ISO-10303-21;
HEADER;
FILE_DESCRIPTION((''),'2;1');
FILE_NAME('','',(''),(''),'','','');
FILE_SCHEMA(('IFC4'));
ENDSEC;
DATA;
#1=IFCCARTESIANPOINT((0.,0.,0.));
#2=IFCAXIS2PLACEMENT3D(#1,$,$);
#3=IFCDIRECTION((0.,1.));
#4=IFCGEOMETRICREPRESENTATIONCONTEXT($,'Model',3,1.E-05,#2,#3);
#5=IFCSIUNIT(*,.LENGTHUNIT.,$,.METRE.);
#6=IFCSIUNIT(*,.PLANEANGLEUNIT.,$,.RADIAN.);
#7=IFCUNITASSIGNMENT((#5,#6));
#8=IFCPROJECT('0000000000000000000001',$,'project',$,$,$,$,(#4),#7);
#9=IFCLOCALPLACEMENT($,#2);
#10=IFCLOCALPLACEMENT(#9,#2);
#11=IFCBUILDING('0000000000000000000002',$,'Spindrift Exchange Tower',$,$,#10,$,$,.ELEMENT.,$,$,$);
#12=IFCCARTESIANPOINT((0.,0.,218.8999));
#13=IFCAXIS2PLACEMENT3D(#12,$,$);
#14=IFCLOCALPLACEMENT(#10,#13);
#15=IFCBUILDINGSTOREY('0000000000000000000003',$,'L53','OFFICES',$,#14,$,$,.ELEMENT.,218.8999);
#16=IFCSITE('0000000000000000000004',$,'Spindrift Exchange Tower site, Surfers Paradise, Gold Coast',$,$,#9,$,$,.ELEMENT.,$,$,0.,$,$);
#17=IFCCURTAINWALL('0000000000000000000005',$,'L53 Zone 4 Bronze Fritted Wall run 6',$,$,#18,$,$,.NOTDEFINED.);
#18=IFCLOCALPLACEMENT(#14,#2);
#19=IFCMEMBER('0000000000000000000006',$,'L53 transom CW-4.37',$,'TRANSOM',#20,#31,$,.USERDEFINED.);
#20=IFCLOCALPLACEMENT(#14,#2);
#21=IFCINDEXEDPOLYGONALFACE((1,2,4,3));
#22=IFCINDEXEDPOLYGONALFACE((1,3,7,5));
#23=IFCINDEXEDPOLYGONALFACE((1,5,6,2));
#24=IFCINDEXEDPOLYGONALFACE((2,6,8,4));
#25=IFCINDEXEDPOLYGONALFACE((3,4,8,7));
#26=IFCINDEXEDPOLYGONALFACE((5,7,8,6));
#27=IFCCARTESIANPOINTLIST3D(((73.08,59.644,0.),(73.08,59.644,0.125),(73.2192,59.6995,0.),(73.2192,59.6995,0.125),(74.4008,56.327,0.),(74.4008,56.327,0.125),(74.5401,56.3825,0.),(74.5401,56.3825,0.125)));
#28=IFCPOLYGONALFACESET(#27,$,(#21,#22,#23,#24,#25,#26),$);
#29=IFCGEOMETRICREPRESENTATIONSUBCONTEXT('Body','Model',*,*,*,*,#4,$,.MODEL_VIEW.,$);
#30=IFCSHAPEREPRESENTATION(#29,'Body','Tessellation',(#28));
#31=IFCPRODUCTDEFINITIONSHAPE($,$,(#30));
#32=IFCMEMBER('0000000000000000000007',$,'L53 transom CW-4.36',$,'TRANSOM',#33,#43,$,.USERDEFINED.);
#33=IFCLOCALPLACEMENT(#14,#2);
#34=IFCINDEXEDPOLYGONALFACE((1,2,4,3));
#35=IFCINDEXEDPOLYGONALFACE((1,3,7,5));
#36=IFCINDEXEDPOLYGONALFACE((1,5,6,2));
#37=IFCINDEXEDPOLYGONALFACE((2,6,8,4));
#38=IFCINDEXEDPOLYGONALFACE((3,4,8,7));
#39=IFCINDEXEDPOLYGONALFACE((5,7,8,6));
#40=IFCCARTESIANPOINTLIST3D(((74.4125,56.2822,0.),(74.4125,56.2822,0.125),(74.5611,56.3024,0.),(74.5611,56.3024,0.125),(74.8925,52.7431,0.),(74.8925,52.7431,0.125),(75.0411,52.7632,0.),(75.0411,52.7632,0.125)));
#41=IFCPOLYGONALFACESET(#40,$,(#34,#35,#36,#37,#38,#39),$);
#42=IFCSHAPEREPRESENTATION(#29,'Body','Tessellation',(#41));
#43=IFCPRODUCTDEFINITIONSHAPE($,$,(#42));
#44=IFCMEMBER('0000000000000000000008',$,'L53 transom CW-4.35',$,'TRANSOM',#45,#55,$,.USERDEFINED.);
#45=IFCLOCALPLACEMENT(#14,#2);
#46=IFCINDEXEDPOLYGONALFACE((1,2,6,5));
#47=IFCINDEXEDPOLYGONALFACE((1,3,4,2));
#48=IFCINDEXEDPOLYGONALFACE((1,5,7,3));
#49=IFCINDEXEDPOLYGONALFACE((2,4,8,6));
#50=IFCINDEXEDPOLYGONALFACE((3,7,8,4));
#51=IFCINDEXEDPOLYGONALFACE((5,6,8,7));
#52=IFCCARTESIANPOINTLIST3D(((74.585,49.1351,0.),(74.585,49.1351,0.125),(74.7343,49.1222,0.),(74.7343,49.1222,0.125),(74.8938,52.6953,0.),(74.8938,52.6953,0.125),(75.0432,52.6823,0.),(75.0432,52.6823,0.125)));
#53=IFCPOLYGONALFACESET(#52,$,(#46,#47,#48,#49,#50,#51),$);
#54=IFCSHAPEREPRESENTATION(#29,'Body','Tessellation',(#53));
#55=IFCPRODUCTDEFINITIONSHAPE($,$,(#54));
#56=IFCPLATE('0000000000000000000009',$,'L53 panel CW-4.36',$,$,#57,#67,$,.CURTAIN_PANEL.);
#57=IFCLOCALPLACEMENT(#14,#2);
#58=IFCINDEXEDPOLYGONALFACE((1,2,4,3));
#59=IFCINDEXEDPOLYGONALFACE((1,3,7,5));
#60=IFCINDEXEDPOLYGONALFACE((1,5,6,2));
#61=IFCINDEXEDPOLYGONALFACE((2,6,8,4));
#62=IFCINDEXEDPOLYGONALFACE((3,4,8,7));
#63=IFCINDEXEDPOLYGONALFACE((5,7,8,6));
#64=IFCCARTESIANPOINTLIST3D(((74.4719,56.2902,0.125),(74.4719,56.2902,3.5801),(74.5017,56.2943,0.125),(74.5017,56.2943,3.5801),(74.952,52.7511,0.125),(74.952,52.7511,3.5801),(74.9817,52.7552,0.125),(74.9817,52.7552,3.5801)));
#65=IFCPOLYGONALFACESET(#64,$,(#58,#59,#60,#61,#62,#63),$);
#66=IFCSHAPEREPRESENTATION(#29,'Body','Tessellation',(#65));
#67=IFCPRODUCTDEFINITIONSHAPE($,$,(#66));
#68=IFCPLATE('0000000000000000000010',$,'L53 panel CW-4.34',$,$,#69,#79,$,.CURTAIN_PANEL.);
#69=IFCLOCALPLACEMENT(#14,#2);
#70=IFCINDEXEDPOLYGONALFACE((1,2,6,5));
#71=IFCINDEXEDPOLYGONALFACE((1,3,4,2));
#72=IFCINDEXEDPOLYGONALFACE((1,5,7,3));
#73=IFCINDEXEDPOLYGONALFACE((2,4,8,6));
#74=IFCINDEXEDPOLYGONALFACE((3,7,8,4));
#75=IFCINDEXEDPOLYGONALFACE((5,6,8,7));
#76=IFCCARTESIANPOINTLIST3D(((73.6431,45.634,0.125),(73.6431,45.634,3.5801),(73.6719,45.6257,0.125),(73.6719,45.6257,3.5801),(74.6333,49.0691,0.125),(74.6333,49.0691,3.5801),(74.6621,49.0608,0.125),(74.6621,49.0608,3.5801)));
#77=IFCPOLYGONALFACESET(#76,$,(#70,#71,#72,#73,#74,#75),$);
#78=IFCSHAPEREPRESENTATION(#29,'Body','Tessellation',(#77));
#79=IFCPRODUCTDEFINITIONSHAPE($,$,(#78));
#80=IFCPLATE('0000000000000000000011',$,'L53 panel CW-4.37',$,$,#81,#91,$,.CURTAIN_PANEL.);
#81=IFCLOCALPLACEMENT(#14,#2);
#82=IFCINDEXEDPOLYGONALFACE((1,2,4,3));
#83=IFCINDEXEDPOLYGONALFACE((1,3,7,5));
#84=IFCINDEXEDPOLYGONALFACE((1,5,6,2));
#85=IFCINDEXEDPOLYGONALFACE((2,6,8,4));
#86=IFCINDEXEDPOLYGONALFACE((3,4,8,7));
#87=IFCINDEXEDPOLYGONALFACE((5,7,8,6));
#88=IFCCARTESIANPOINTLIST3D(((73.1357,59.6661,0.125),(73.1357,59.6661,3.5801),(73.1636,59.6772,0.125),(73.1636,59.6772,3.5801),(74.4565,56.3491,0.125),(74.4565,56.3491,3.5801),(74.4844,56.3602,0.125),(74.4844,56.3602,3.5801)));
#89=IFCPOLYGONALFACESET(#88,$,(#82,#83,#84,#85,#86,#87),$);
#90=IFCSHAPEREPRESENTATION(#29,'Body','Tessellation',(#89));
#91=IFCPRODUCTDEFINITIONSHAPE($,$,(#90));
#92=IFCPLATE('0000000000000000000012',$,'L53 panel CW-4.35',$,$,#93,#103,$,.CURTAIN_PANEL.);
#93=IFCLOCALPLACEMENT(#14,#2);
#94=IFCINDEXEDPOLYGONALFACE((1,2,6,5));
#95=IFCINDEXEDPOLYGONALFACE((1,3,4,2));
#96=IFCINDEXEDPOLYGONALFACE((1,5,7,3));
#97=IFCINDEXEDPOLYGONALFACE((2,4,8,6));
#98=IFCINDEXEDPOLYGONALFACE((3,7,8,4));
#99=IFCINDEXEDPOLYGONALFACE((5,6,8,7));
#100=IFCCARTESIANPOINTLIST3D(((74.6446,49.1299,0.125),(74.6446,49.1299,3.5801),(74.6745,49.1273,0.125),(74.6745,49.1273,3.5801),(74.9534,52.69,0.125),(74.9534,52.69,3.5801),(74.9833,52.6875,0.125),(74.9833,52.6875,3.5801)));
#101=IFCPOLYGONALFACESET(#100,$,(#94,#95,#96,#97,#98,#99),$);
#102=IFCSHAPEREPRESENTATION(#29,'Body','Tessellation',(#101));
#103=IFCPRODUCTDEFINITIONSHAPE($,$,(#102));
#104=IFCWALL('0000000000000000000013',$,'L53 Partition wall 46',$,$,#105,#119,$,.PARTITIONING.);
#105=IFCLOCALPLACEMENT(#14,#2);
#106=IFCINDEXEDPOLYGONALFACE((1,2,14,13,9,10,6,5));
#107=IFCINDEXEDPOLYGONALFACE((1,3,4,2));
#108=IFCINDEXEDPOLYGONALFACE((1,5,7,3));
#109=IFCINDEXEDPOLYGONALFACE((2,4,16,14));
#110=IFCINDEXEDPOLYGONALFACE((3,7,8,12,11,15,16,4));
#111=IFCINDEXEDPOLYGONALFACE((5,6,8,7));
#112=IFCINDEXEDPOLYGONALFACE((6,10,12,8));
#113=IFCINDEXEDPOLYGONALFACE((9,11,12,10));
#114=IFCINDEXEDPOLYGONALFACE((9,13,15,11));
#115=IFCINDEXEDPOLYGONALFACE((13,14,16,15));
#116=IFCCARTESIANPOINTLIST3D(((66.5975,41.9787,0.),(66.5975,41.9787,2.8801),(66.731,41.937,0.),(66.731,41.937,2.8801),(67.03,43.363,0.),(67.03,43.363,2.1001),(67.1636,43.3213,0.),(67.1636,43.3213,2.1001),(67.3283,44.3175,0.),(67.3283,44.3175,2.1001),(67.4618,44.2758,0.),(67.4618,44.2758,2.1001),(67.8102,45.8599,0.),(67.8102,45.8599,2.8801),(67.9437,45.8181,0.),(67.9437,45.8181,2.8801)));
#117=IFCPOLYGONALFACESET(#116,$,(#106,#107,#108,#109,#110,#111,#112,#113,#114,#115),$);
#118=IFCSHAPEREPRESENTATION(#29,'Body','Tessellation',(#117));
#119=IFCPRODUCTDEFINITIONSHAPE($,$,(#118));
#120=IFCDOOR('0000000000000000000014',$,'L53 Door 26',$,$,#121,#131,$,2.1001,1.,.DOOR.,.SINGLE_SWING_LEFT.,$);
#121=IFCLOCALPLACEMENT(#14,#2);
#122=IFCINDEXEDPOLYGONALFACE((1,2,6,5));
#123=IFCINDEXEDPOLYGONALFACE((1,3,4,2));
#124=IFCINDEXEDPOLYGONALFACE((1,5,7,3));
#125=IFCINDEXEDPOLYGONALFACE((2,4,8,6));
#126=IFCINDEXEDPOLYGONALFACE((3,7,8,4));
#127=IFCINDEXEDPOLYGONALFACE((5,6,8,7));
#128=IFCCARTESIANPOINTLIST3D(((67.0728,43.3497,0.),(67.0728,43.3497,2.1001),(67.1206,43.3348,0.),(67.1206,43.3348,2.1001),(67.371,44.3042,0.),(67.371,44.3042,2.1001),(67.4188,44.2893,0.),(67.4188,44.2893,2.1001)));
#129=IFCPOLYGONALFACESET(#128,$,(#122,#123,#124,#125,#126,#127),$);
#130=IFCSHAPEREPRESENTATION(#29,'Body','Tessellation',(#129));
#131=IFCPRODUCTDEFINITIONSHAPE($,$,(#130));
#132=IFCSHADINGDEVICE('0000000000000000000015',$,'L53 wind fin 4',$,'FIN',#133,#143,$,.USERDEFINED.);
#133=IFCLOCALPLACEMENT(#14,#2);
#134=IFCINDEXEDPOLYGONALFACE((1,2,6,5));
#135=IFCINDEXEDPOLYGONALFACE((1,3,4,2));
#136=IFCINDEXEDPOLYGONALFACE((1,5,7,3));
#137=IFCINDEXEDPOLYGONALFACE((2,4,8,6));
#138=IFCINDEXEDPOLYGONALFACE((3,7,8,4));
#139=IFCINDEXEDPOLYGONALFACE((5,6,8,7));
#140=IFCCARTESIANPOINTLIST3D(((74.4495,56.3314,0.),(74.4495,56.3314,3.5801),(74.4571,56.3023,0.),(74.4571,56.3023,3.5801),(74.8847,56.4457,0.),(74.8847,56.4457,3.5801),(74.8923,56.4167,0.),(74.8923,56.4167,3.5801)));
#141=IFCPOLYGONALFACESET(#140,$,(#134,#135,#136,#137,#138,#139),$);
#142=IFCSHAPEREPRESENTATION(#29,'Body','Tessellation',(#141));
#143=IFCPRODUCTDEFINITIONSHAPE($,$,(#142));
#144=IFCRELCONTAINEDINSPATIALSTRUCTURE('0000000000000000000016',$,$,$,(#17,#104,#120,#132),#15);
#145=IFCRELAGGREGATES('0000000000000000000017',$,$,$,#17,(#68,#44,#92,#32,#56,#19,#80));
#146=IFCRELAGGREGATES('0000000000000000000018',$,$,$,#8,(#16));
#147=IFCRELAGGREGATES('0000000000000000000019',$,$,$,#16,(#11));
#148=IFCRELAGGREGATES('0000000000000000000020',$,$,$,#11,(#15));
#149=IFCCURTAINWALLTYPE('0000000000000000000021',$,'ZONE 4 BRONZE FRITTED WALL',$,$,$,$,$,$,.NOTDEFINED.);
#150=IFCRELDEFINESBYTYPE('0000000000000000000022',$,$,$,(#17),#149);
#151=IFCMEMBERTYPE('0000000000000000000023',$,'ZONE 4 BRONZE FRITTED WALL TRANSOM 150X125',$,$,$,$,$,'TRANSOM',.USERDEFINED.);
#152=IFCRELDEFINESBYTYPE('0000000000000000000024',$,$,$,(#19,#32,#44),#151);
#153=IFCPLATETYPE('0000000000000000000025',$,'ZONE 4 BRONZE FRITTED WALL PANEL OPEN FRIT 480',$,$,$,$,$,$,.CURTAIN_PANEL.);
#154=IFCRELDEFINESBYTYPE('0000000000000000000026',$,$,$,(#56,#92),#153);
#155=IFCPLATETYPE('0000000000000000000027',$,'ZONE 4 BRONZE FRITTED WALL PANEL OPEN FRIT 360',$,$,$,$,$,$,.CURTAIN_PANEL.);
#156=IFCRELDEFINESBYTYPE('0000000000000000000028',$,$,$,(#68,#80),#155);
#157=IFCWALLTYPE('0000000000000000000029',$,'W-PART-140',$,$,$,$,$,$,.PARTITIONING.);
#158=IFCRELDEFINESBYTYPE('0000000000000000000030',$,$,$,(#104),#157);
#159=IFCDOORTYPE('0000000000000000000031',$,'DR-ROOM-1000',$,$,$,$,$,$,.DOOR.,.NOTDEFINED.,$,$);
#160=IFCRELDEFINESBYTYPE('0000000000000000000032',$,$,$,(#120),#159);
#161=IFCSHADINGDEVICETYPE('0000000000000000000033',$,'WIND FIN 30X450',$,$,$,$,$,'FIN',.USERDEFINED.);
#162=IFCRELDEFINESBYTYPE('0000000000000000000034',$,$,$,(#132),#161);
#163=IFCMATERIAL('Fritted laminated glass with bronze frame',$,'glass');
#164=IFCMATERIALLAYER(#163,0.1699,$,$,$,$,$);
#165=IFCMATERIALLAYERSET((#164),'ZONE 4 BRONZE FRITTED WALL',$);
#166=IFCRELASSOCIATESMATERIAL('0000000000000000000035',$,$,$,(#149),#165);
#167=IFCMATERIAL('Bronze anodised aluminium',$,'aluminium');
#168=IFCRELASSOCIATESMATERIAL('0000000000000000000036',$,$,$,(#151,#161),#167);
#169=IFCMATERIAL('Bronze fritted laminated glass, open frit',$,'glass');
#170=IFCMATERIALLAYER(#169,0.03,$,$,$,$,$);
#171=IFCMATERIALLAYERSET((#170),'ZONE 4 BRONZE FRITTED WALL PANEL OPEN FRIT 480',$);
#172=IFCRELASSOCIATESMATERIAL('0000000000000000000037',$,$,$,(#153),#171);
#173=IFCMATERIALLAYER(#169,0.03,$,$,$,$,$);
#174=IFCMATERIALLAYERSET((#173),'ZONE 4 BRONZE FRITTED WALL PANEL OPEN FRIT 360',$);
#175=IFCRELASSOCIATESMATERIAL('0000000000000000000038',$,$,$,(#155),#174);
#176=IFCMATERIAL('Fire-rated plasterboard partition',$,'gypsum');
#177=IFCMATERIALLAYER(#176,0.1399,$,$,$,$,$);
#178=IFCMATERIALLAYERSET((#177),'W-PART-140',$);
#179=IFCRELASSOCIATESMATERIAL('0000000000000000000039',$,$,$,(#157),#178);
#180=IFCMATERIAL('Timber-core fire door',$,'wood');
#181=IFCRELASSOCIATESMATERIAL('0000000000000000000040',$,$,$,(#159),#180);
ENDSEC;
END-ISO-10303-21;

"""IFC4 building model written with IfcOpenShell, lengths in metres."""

from ifc_helpers import new_model, si_unit, direction, frame, frame_2d, origin, origin_2d, place, context, subcontext, project, spatial, rectangle, extrude, source, transform, mapped, material, layer, layer_set, material_profile, profile_set, type_object, element, fill, aggregate, save


model = new_model("IFC4")

# Units and contexts
model_context = context("Model", 3, precision=1e-05, world=origin(), true_north=direction((0.0, 1.0)))
body_context = subcontext(model_context, "Body", "Model", "MODEL_VIEW")
ifc_project = project(units=[si_unit("LENGTHUNIT", "METRE"), si_unit("PLANEANGLEUNIT", "RADIAN")], contexts=[model_context])

# Site, building, storey
site_placement = place(None, origin())
site = spatial("IfcSite", under=ifc_project, at=site_placement, Name="Spindrift Exchange Tower site, Surfers Paradise, Gold Coast", CompositionType="ELEMENT", RefElevation=0.0)
building_placement = place(site_placement, origin())
building = spatial("IfcBuilding", under=site, at=building_placement, Name="Spindrift Exchange Tower", CompositionType="ELEMENT")
storey_placement = place(building_placement, frame((0.0, 0.0, 218.8999)))
storey = spatial("IfcBuildingStorey", under=building, at=storey_placement, Name="L53", Description="OFFICES", CompositionType="ELEMENT", Elevation=218.8999)

# Curtain wall, members, plates
ifc_material_1 = material(Name="Fritted laminated glass with bronze frame", Category="glass")
ifc_layer_1 = layer(ifc_material_1, 0.1699)
ifc_layer_set_1 = layer_set([ifc_layer_1], Name="ZONE 4 BRONZE FRITTED WALL")
curtain_wall_type = type_object("IfcCurtainWallType", Name="ZONE 4 BRONZE FRITTED WALL", PredefinedType="NOTDEFINED", material=ifc_layer_set_1)
curtain_wall_placement = place(storey_placement, origin())
curtain_wall = element("IfcCurtainWall", 1, at=curtain_wall_placement, inside=storey, type_object=curtain_wall_type, Name="L53 Zone 4 Bronze Fritted Wall run 6", PredefinedType="NOTDEFINED")
ifc_material_2 = material(Name="Bronze anodised aluminium", Category="aluminium")
ifc_material_profile_1 = material_profile(ifc_material_2, rectangle(XDim=0.1499, YDim=0.125, at=origin_2d()), Name="ZONE 4 BRONZE FRITTED WALL TRANSOM 150X125")
ifc_profile_set_1 = profile_set([ifc_material_profile_1], Name="Bronze anodised aluminium")
member_type_1 = type_object("IfcMemberType", Name="ZONE 4 BRONZE FRITTED WALL TRANSOM 150X125", ElementType="TRANSOM", PredefinedType="USERDEFINED", material=ifc_profile_set_1)
shared_shape_1 = source(origin(), body_context, "Body", "SweptSolid", [
    extrude(rectangle(XDim=0.1499, YDim=0.125, at=origin_2d()), origin(), (0.0, 0.0, 1.0), 3.5703),
])
member_1_placement = place(storey_placement, frame((74.4705, 56.3547, 0.0625), z_axis=(-0.369952, 0.929051, 0.0), x_axis=(-0.929051, -0.369952, 0.0)))
member_1 = element("IfcMember", 2, at=member_1_placement, type_object=member_type_1, Name="L53 transom CW-4.37", ObjectType="TRANSOM", PredefinedType="USERDEFINED", context=body_context, shape_type="MappedRepresentation", body=[
    mapped(shared_shape_1, transform((0.0, 0.0, 0.0), scale=1.0)),
])
shared_shape_2 = source(origin(), body_context, "Body", "SweptSolid", [
    extrude(rectangle(XDim=0.1499, YDim=0.125, at=origin_2d()), origin(), (0.0, 0.0, 1.0), 3.5715),
])
member_2_placement = place(storey_placement, frame((74.9668, 52.7532, 0.0625), z_axis=(-0.134393, 0.990928, 0.0), x_axis=(-0.990928, -0.134393, 0.0)))
member_2 = element("IfcMember", 3, at=member_2_placement, type_object=member_type_1, Name="L53 transom CW-4.36", ObjectType="TRANSOM", PredefinedType="USERDEFINED", context=body_context, shape_type="MappedRepresentation", body=[
    mapped(shared_shape_2, transform((0.0, 0.0, 0.0), scale=1.0)),
])
shared_shape_3 = source(origin(), body_context, "Body", "SweptSolid", [
    extrude(rectangle(XDim=0.1499, YDim=0.125, at=origin_2d()), origin(), (0.0, 0.0, 1.0), 3.5735),
])
member_3_placement = place(storey_placement, frame((74.6597, 49.1287, 0.0625), z_axis=(0.086426, 0.996258, 0.0), x_axis=(-0.996258, 0.086426, 0.0)))
member_3 = element("IfcMember", 4, at=member_3_placement, type_object=member_type_1, Name="L53 transom CW-4.35", ObjectType="TRANSOM", PredefinedType="USERDEFINED", context=body_context, shape_type="MappedRepresentation", body=[
    mapped(shared_shape_3, transform((0.0, 0.0, 0.0), scale=1.0)),
])
ifc_material_3 = material(Name="Bronze fritted laminated glass, open frit", Category="glass")
ifc_layer_2 = layer(ifc_material_3, 0.03)
ifc_layer_set_2 = layer_set([ifc_layer_2], Name="ZONE 4 BRONZE FRITTED WALL PANEL OPEN FRIT 480")
plate_type_1 = type_object("IfcPlateType", Name="ZONE 4 BRONZE FRITTED WALL PANEL OPEN FRIT 480", PredefinedType="CURTAIN_PANEL", material=ifc_layer_set_2)
shared_shape_4 = source(origin(), body_context, "Body", "SweptSolid", [
    extrude(rectangle(XDim=3.5715, YDim=0.03, at=origin_2d()), origin(), (0.0, 0.0, 1.0), 3.4551),
])
plate_1_placement = place(storey_placement, frame((74.7268, 54.5227, 0.125), z_axis=(0.0, 0.0, 1.0), x_axis=(-0.134415, 0.990925, 0.0)))
plate_1 = element("IfcPlate", 5, at=plate_1_placement, type_object=plate_type_1, Name="L53 panel CW-4.36", PredefinedType="CURTAIN_PANEL", context=body_context, shape_type="MappedRepresentation", body=[
    mapped(shared_shape_4, transform((0.0, 0.0, 0.0), scale=1.0)),
])
ifc_layer_3 = layer(ifc_material_3, 0.03)
ifc_layer_set_3 = layer_set([ifc_layer_3], Name="ZONE 4 BRONZE FRITTED WALL PANEL OPEN FRIT 360")
plate_type_2 = type_object("IfcPlateType", Name="ZONE 4 BRONZE FRITTED WALL PANEL OPEN FRIT 360", PredefinedType="CURTAIN_PANEL", material=ifc_layer_set_3)
shared_shape_5 = source(origin(), body_context, "Body", "SweptSolid", [
    extrude(rectangle(XDim=3.575, YDim=0.03, at=origin_2d()), origin(), (0.0, 0.0, 1.0), 3.4551),
])
plate_2_placement = place(storey_placement, frame((74.1526, 47.3474, 0.125), z_axis=(0.0, 0.0, 1.0), x_axis=(0.276984, 0.960874, 0.0)))
plate_2 = element("IfcPlate", 6, at=plate_2_placement, type_object=plate_type_2, Name="L53 panel CW-4.34", PredefinedType="CURTAIN_PANEL", context=body_context, shape_type="MappedRepresentation", body=[
    mapped(shared_shape_5, transform((0.0, 0.0, 0.0), scale=1.0)),
])
shared_shape_6 = source(origin(), body_context, "Body", "SweptSolid", [
    extrude(rectangle(XDim=3.5703, YDim=0.03, at=origin_2d()), origin(), (0.0, 0.0, 1.0), 3.4551),
])
plate_3_placement = place(storey_placement, frame((73.8101, 58.0132, 0.125), z_axis=(0.0, 0.0, 1.0), x_axis=(-0.369938, 0.929056, 0.0)))
plate_3 = element("IfcPlate", 7, at=plate_3_placement, type_object=plate_type_2, Name="L53 panel CW-4.37", PredefinedType="CURTAIN_PANEL", context=body_context, shape_type="MappedRepresentation", body=[
    mapped(shared_shape_6, transform((0.0, 0.0, 0.0), scale=1.0)),
])
shared_shape_7 = source(origin(), body_context, "Body", "SweptSolid", [
    extrude(rectangle(XDim=3.5735, YDim=0.03, at=origin_2d()), origin(), (0.0, 0.0, 1.0), 3.4551),
])
plate_4_placement = place(storey_placement, frame((74.814, 50.9087, 0.125), z_axis=(0.0, 0.0, 1.0), x_axis=(0.086412, 0.99626, 0.0)))
plate_4 = element("IfcPlate", 8, at=plate_4_placement, type_object=plate_type_1, Name="L53 panel CW-4.35", PredefinedType="CURTAIN_PANEL", context=body_context, shape_type="MappedRepresentation", body=[
    mapped(shared_shape_7, transform((0.0, 0.0, 0.0), scale=1.0)),
])
aggregate(curtain_wall, [plate_2, member_3, plate_4, member_2, plate_1, member_1, plate_3])

# Wall, opening, door
ifc_material_4 = material(Name="Fire-rated plasterboard partition", Category="gypsum")
ifc_layer_4 = layer(ifc_material_4, 0.1399)
ifc_layer_set_4 = layer_set([ifc_layer_4], Name="W-PART-140")
wall_type = type_object("IfcWallType", Name="W-PART-140", PredefinedType="PARTITIONING", material=ifc_layer_set_4)
wall_placement = place(storey_placement, frame((67.877, 45.8391, 0.0), z_axis=(0.0, 0.0, 1.0), x_axis=(-0.298231, -0.954494, 0.0)))
wall = element("IfcWall", 9, at=wall_placement, inside=storey, type_object=wall_type, Name="L53 Partition wall 46", PredefinedType="PARTITIONING", context=body_context, shape_type="SweptSolid", body=[
    extrude(rectangle(XDim=4.0662, YDim=0.1399, at=frame_2d((2.0332, 0.0))), origin(), (0.0, 0.0, 1.0), 2.8801),
])
opening_placement = place(wall_placement, frame((1.616, 0.0, 0.0)))
opening = element("IfcOpeningElement", 10, at=opening_placement, cuts=wall, PredefinedType="OPENING", context=body_context, shape_type="SweptSolid", body=[
    extrude(rectangle(XDim=1.0, YDim=2.1001, at=frame_2d((0.5, 1.05))), frame((0.0, 0.0798, 0.0), z_axis=(0.0, -1.0, 0.0), x_axis=(1.0, 0.0, 0.0)), (0.0, 0.0, 1.0), 0.1599),
])
ifc_material_5 = material(Name="Timber-core fire door", Category="wood")
door_type = type_object("IfcDoorType", Name="DR-ROOM-1000", OperationType="NOTDEFINED", PredefinedType="DOOR", material=ifc_material_5)
shared_shape_8 = source(origin(), body_context, "Body", "SweptSolid", [
    extrude(rectangle(XDim=1.0, YDim=2.1001, at=frame_2d((0.5, 1.05))), frame((0.0, 0.0249, 0.0), z_axis=(0.0, -1.0, 0.0), x_axis=(1.0, 0.0, 0.0)), (0.0, 0.0, 1.0), 0.05),
])
door_placement = place(opening_placement, origin())
door = element("IfcDoor", 11, at=door_placement, inside=storey, type_object=door_type, Name="L53 Door 26", OperationType="SINGLE_SWING_LEFT", OverallHeight=2.1001, OverallWidth=1.0, PredefinedType="DOOR", context=body_context, shape_type="MappedRepresentation", body=[
    mapped(shared_shape_8, transform((0.0, 0.0, 0.0), scale=1.0)),
])
fill(opening, door)

# Shading device
ifc_material_profile_2 = material_profile(ifc_material_2, rectangle(XDim=0.03, YDim=0.45, at=origin_2d()), Name="WIND FIN 30X450")
ifc_profile_set_2 = profile_set([ifc_material_profile_2], Name="Bronze anodised aluminium")
shading_device_type = type_object("IfcShadingDeviceType", Name="WIND FIN 30X450", ElementType="FIN", PredefinedType="USERDEFINED", material=ifc_profile_set_2)
shared_shape_9 = source(origin(), body_context, "Body", "SweptSolid", [
    extrude(rectangle(XDim=0.03, YDim=0.45, at=origin_2d()), origin(), (0.0, 0.0, 1.0), 3.5801),
])
shading_device_placement = place(storey_placement, frame((74.6709, 56.374, 0.0), z_axis=(0.0, 0.0, 1.0), x_axis=(-0.254067, 0.967187, 0.0)))
element("IfcShadingDevice", 12, at=shading_device_placement, inside=storey, type_object=shading_device_type, Name="L53 wind fin 4", ObjectType="FIN", PredefinedType="USERDEFINED", context=body_context, shape_type="MappedRepresentation", body=[
    mapped(shared_shape_9, transform((0.0, 0.0, 0.0), scale=1.0)),
])

save(model, "model.ifc")
